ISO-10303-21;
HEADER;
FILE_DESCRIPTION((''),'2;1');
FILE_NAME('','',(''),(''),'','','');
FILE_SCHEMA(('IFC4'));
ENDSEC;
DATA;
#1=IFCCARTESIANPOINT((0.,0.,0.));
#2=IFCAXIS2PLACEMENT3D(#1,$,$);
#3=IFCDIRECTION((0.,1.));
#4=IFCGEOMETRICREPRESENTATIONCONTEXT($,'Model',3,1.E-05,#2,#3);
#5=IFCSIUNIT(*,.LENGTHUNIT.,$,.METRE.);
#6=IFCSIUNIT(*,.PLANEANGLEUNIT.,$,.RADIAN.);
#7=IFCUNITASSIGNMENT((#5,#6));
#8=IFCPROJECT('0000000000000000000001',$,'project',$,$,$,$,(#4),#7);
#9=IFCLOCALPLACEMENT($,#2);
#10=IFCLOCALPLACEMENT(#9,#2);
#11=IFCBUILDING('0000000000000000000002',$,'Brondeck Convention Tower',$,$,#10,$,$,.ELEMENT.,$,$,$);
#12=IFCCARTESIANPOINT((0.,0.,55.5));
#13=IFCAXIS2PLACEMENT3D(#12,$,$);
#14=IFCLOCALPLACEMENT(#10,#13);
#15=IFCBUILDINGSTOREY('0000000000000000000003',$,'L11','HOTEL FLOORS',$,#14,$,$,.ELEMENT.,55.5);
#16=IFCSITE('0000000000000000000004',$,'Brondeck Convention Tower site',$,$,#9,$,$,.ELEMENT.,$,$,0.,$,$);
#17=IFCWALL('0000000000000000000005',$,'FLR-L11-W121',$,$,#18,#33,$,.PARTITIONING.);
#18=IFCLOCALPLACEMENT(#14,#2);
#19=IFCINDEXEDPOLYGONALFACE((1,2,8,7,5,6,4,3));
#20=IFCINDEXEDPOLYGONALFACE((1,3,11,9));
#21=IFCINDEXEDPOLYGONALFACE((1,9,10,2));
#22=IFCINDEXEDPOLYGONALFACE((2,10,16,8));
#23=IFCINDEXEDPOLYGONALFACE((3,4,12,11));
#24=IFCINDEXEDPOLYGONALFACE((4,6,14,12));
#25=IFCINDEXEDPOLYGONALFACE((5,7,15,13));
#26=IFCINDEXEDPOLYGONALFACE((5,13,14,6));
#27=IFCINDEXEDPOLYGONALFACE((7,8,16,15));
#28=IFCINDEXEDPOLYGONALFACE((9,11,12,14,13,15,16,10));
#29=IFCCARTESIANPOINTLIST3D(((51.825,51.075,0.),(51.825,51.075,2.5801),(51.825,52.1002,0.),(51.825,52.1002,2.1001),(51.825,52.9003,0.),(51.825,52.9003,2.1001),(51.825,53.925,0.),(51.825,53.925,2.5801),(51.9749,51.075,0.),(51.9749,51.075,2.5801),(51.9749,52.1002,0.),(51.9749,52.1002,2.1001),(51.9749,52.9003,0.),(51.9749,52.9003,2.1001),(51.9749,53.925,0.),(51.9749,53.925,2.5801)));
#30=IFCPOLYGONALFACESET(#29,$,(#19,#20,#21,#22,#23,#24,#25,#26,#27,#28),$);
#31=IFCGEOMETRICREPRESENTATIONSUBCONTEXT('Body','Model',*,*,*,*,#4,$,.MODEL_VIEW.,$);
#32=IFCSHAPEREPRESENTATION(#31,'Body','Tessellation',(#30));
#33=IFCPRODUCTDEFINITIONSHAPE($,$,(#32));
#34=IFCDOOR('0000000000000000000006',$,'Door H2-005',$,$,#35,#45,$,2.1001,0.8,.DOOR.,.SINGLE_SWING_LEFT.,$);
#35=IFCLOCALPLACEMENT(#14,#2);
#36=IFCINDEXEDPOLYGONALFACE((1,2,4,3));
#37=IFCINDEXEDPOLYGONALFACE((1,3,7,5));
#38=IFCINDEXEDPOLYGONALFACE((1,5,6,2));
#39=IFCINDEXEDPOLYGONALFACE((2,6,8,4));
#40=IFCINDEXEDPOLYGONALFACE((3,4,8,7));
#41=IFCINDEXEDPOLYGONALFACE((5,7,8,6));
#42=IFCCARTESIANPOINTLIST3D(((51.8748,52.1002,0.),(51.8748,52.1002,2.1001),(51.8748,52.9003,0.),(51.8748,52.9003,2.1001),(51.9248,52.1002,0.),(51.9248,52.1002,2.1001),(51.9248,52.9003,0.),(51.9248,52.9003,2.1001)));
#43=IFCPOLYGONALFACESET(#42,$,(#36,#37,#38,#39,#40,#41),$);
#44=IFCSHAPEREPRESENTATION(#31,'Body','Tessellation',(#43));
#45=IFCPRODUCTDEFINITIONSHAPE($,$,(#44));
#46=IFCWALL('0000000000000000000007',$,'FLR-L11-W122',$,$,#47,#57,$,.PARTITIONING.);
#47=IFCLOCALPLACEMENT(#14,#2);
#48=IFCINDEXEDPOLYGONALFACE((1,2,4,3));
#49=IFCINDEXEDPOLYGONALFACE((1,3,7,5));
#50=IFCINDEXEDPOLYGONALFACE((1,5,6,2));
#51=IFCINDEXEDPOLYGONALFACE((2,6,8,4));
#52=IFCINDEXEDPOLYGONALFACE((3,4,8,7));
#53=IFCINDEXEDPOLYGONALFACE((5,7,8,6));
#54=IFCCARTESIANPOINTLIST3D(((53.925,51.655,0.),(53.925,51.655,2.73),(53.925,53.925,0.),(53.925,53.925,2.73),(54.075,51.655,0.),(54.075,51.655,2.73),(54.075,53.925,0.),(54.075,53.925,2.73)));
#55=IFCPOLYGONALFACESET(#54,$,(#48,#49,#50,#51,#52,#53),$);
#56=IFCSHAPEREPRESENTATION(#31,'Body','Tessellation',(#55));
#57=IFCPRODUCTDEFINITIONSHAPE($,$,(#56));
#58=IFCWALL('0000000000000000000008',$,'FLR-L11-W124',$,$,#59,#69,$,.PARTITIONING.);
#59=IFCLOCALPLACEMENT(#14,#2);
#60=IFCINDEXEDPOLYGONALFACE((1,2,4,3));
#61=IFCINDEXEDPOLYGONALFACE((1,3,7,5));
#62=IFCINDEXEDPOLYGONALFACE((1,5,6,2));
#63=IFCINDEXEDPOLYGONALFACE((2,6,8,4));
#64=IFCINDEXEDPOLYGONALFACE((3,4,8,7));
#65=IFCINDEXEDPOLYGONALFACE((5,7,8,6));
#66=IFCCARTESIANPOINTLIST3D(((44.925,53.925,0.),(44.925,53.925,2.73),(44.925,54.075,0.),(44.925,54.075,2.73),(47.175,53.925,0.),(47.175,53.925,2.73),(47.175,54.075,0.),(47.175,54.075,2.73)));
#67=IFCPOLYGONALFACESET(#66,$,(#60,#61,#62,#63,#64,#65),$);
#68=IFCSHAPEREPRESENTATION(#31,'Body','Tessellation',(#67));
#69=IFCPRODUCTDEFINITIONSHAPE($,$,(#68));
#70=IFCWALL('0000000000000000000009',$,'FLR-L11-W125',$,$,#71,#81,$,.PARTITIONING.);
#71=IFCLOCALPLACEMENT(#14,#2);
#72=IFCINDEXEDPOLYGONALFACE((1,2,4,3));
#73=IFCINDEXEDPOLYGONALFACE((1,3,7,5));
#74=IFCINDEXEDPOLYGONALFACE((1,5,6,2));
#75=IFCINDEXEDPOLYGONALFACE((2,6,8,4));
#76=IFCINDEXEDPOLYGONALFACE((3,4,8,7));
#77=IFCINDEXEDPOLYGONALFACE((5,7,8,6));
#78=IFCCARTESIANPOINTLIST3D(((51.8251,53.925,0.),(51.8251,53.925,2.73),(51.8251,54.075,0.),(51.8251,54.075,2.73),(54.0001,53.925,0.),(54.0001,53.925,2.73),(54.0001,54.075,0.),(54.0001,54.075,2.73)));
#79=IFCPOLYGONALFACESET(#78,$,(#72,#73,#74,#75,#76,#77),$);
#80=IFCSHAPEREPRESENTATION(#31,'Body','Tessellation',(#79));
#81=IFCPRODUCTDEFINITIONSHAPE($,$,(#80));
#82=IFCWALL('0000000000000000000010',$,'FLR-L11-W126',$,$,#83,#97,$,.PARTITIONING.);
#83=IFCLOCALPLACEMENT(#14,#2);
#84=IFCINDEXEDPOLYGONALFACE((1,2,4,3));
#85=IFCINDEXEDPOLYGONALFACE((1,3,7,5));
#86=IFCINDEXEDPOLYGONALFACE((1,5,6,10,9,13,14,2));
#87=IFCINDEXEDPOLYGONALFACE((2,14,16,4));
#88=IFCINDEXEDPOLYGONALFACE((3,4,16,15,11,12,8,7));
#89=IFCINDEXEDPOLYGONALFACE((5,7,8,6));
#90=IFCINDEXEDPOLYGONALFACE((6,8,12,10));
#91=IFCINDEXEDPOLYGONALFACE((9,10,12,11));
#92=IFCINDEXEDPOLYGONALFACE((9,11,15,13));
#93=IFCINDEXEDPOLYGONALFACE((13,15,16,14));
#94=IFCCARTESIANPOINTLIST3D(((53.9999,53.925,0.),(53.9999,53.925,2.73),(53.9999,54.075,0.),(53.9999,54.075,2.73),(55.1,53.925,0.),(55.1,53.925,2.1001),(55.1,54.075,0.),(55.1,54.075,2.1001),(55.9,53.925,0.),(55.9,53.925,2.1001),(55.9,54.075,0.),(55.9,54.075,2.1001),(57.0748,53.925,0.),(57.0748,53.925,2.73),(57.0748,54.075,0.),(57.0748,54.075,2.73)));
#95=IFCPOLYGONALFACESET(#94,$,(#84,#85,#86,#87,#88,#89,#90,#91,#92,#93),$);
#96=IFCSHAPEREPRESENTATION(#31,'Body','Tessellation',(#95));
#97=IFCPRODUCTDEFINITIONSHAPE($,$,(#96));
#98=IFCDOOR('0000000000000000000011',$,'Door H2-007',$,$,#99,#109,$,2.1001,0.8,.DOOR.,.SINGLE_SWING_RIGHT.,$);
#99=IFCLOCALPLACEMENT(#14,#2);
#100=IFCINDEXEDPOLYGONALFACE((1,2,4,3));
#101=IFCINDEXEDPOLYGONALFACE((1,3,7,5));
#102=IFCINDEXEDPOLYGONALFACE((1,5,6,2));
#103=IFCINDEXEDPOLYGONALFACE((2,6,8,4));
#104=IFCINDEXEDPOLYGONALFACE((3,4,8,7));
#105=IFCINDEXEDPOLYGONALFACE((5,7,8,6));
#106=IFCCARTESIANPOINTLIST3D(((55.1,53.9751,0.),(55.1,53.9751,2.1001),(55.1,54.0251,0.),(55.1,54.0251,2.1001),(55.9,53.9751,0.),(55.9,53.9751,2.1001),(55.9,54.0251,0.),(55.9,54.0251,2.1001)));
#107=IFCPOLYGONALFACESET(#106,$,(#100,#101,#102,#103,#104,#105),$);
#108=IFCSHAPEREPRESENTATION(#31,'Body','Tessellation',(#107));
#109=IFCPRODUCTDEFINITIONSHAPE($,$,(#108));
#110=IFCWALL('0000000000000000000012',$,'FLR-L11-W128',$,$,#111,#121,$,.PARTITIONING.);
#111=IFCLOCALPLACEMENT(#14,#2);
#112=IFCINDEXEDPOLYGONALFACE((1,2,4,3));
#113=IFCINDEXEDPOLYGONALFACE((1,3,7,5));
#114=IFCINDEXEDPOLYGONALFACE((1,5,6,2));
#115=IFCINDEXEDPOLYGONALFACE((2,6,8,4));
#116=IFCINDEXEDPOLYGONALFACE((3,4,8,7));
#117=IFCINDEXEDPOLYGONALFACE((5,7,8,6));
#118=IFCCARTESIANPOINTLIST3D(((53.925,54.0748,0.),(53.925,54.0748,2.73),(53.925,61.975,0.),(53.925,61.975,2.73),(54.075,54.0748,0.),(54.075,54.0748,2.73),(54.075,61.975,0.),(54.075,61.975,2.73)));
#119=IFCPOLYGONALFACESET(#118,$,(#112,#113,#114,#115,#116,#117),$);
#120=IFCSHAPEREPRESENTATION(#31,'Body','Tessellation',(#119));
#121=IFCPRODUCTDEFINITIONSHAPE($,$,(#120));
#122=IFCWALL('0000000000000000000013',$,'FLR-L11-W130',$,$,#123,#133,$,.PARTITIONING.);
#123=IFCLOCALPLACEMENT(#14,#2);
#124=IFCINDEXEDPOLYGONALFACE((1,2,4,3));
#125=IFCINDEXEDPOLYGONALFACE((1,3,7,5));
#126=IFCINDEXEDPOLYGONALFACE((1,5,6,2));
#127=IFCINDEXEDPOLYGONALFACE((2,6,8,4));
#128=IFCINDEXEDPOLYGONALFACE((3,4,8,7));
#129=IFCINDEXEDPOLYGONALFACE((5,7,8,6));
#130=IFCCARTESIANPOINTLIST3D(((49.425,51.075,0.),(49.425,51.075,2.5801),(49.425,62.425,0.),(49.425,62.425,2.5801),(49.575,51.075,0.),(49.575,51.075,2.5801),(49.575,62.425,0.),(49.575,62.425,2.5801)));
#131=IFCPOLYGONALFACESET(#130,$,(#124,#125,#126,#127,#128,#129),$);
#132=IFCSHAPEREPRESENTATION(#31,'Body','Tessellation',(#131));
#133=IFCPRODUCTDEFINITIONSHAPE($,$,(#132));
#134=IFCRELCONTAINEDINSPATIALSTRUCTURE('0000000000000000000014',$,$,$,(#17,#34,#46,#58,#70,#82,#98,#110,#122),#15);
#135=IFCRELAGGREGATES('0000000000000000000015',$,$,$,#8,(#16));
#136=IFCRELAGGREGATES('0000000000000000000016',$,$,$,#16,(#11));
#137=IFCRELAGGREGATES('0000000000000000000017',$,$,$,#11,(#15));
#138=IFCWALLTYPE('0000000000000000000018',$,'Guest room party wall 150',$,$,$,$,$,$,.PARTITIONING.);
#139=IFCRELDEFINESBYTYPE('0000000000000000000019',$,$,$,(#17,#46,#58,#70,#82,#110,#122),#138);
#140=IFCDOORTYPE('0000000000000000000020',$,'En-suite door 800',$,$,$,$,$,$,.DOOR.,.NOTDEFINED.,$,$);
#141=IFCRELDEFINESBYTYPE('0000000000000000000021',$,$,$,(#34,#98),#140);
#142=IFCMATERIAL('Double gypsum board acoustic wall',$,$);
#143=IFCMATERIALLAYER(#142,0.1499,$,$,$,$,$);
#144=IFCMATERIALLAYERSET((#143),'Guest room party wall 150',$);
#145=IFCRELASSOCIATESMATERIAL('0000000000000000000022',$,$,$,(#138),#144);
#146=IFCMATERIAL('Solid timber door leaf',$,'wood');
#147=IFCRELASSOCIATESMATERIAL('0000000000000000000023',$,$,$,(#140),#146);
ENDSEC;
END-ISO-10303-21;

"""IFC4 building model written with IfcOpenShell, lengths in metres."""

from ifc_helpers import new_model, si_unit, direction, frame, frame_2d, origin, place, context, subcontext, project, spatial, rectangle, extrude, material, layer, layer_set, type_object, element, fill, save


model = new_model("IFC4")

# Units and contexts
model_context = context("Model", 3, precision=1e-05, world=origin(), true_north=direction((0.0, 1.0)))
body_context = subcontext(model_context, "Body", "Model", "MODEL_VIEW")
ifc_project = project(units=[si_unit("LENGTHUNIT", "METRE"), si_unit("PLANEANGLEUNIT", "RADIAN")], contexts=[model_context])

# Site, building, storey
site_placement = place(None, origin())
site = spatial("IfcSite", under=ifc_project, at=site_placement, Name="Brondeck Convention Tower site", CompositionType="ELEMENT", RefElevation=0.0)
building_placement = place(site_placement, origin())
building = spatial("IfcBuilding", under=site, at=building_placement, Name="Brondeck Convention Tower", CompositionType="ELEMENT")
storey_placement = place(building_placement, frame((0.0, 0.0, 55.5)))
storey = spatial("IfcBuildingStorey", under=building, at=storey_placement, Name="L11", Description="HOTEL FLOORS", CompositionType="ELEMENT", Elevation=55.5)

# Shared definitions
ifc_material_1 = material(Name="Double gypsum board acoustic wall")
ifc_layer_1 = layer(ifc_material_1, 0.1499)
ifc_layer_set_1 = layer_set([ifc_layer_1], Name="Guest room party wall 150")
wall_type_1 = type_object("IfcWallType", Name="Guest room party wall 150", PredefinedType="PARTITIONING", material=ifc_layer_set_1)

# Wall, opening, door
wall_1_placement = place(storey_placement, frame((51.8999, 53.925, 0.0), z_axis=(0.0, 0.0, 1.0), x_axis=(0.0, -1.0, 0.0)))
wall_1 = element("IfcWall", 1, at=wall_1_placement, inside=storey, type_object=wall_type_1, Name="FLR-L11-W121", PredefinedType="PARTITIONING", context=body_context, shape_type="SweptSolid", body=[
    extrude(rectangle(XDim=2.8501, YDim=0.1499, at=frame_2d((1.425, 0.0))), origin(), (0.0, 0.0, 1.0), 2.5801),
])
opening_1_placement = place(wall_1_placement, frame((1.0249, 0.0, 0.0)))
opening_1 = element("IfcOpeningElement", 2, at=opening_1_placement, cuts=wall_1, PredefinedType="OPENING", context=body_context, shape_type="SweptSolid", body=[
    extrude(rectangle(XDim=0.8, YDim=2.1001, at=frame_2d((0.3999, 1.05))), frame((0.0, 0.085, 0.0), z_axis=(0.0, -1.0, 0.0), x_axis=(1.0, 0.0, 0.0)), (0.0, 0.0, 1.0), 0.1699),
])
ifc_material_2 = material(Name="Solid timber door leaf", Category="wood")
door_type = type_object("IfcDoorType", Name="En-suite door 800", OperationType="NOTDEFINED", PredefinedType="DOOR", material=ifc_material_2)
door_1_placement = place(opening_1_placement, origin())
door_1 = element("IfcDoor", 3, at=door_1_placement, inside=storey, type_object=door_type, Name="Door H2-005", OperationType="SINGLE_SWING_LEFT", OverallHeight=2.1001, OverallWidth=0.8, PredefinedType="DOOR", context=body_context, shape_type="SweptSolid", body=[
    extrude(rectangle(XDim=0.8, YDim=2.1001, at=frame_2d((0.3999, 1.05))), frame((0.0, 0.0249, 0.0), z_axis=(0.0, -1.0, 0.0), x_axis=(1.0, 0.0, 0.0)), (0.0, 0.0, 1.0), 0.05),
])
fill(opening_1, door_1)

# Walls
wall_2_placement = place(storey_placement, frame((54.0, 53.925, 0.0), z_axis=(0.0, 0.0, 1.0), x_axis=(0.0, -1.0, 0.0)))
element("IfcWall", 4, at=wall_2_placement, inside=storey, type_object=wall_type_1, Name="FLR-L11-W122", PredefinedType="PARTITIONING", context=body_context, shape_type="SweptSolid", body=[
    extrude(rectangle(XDim=2.27, YDim=0.1499, at=frame_2d((1.135, 0.0))), origin(), (0.0, 0.0, 1.0), 2.73),
])
wall_3_placement = place(storey_placement, frame((47.175, 54.0, 0.0), z_axis=(0.0, 0.0, 1.0), x_axis=(-1.0, 0.0, 0.0)))
element("IfcWall", 5, at=wall_3_placement, inside=storey, type_object=wall_type_1, Name="FLR-L11-W124", PredefinedType="PARTITIONING", context=body_context, shape_type="SweptSolid", body=[
    extrude(rectangle(XDim=2.25, YDim=0.1499, at=frame_2d((1.125, 0.0))), origin(), (0.0, 0.0, 1.0), 2.73),
])
wall_4_placement = place(storey_placement, frame((54.0, 54.0, 0.0), z_axis=(0.0, 0.0, 1.0), x_axis=(-1.0, 0.0, 0.0)))
element("IfcWall", 6, at=wall_4_placement, inside=storey, type_object=wall_type_1, Name="FLR-L11-W125", PredefinedType="PARTITIONING", context=body_context, shape_type="SweptSolid", body=[
    extrude(rectangle(XDim=2.175, YDim=0.1499, at=frame_2d((1.0874, 0.0))), origin(), (0.0, 0.0, 1.0), 2.73),
])

# Wall, opening, door
wall_5_placement = place(storey_placement, frame((57.075, 54.0, 0.0), z_axis=(0.0, 0.0, 1.0), x_axis=(-1.0, 0.0, 0.0)))
wall_5 = element("IfcWall", 7, at=wall_5_placement, inside=storey, type_object=wall_type_1, Name="FLR-L11-W126", PredefinedType="PARTITIONING", context=body_context, shape_type="SweptSolid", body=[
    extrude(rectangle(XDim=3.075, YDim=0.1499, at=frame_2d((1.5376, 0.0))), origin(), (0.0, 0.0, 1.0), 2.73),
])
opening_2_placement = place(wall_5_placement, frame((1.175, 0.0, 0.0)))
opening_2 = element("IfcOpeningElement", 8, at=opening_2_placement, cuts=wall_5, PredefinedType="OPENING", context=body_context, shape_type="SweptSolid", body=[
    extrude(rectangle(XDim=0.8, YDim=2.1001, at=frame_2d((0.3999, 1.05))), frame((0.0, 0.085, 0.0), z_axis=(0.0, -1.0, 0.0), x_axis=(1.0, 0.0, 0.0)), (0.0, 0.0, 1.0), 0.1699),
])
door_2_placement = place(opening_2_placement, origin())
door_2 = element("IfcDoor", 9, at=door_2_placement, inside=storey, type_object=door_type, Name="Door H2-007", OperationType="SINGLE_SWING_RIGHT", OverallHeight=2.1001, OverallWidth=0.8, PredefinedType="DOOR", context=body_context, shape_type="SweptSolid", body=[
    extrude(rectangle(XDim=0.8, YDim=2.1001, at=frame_2d((0.3999, 1.05))), frame((0.0, 0.0249, 0.0), z_axis=(0.0, -1.0, 0.0), x_axis=(1.0, 0.0, 0.0)), (0.0, 0.0, 1.0), 0.05),
])
fill(opening_2, door_2)

# Walls
wall_6_placement = place(storey_placement, frame((54.0, 61.9751, 0.0), z_axis=(0.0, 0.0, 1.0), x_axis=(0.0, -1.0, 0.0)))
element("IfcWall", 10, at=wall_6_placement, inside=storey, type_object=wall_type_1, Name="FLR-L11-W128", PredefinedType="PARTITIONING", context=body_context, shape_type="SweptSolid", body=[
    extrude(rectangle(XDim=7.9001, YDim=0.1499, at=frame_2d((3.9502, 0.0))), origin(), (0.0, 0.0, 1.0), 2.73),
])
wall_7_placement = place(storey_placement, frame((49.5, 62.425, 0.0), z_axis=(0.0, 0.0, 1.0), x_axis=(0.0, -1.0, 0.0)))
element("IfcWall", 11, at=wall_7_placement, inside=storey, type_object=wall_type_1, Name="FLR-L11-W130", PredefinedType="PARTITIONING", context=body_context, shape_type="SweptSolid", body=[
    extrude(rectangle(XDim=11.3501, YDim=0.1499, at=frame_2d((5.675, 0.0))), origin(), (0.0, 0.0, 1.0), 2.5801),
])

save(model, "model.ifc")
